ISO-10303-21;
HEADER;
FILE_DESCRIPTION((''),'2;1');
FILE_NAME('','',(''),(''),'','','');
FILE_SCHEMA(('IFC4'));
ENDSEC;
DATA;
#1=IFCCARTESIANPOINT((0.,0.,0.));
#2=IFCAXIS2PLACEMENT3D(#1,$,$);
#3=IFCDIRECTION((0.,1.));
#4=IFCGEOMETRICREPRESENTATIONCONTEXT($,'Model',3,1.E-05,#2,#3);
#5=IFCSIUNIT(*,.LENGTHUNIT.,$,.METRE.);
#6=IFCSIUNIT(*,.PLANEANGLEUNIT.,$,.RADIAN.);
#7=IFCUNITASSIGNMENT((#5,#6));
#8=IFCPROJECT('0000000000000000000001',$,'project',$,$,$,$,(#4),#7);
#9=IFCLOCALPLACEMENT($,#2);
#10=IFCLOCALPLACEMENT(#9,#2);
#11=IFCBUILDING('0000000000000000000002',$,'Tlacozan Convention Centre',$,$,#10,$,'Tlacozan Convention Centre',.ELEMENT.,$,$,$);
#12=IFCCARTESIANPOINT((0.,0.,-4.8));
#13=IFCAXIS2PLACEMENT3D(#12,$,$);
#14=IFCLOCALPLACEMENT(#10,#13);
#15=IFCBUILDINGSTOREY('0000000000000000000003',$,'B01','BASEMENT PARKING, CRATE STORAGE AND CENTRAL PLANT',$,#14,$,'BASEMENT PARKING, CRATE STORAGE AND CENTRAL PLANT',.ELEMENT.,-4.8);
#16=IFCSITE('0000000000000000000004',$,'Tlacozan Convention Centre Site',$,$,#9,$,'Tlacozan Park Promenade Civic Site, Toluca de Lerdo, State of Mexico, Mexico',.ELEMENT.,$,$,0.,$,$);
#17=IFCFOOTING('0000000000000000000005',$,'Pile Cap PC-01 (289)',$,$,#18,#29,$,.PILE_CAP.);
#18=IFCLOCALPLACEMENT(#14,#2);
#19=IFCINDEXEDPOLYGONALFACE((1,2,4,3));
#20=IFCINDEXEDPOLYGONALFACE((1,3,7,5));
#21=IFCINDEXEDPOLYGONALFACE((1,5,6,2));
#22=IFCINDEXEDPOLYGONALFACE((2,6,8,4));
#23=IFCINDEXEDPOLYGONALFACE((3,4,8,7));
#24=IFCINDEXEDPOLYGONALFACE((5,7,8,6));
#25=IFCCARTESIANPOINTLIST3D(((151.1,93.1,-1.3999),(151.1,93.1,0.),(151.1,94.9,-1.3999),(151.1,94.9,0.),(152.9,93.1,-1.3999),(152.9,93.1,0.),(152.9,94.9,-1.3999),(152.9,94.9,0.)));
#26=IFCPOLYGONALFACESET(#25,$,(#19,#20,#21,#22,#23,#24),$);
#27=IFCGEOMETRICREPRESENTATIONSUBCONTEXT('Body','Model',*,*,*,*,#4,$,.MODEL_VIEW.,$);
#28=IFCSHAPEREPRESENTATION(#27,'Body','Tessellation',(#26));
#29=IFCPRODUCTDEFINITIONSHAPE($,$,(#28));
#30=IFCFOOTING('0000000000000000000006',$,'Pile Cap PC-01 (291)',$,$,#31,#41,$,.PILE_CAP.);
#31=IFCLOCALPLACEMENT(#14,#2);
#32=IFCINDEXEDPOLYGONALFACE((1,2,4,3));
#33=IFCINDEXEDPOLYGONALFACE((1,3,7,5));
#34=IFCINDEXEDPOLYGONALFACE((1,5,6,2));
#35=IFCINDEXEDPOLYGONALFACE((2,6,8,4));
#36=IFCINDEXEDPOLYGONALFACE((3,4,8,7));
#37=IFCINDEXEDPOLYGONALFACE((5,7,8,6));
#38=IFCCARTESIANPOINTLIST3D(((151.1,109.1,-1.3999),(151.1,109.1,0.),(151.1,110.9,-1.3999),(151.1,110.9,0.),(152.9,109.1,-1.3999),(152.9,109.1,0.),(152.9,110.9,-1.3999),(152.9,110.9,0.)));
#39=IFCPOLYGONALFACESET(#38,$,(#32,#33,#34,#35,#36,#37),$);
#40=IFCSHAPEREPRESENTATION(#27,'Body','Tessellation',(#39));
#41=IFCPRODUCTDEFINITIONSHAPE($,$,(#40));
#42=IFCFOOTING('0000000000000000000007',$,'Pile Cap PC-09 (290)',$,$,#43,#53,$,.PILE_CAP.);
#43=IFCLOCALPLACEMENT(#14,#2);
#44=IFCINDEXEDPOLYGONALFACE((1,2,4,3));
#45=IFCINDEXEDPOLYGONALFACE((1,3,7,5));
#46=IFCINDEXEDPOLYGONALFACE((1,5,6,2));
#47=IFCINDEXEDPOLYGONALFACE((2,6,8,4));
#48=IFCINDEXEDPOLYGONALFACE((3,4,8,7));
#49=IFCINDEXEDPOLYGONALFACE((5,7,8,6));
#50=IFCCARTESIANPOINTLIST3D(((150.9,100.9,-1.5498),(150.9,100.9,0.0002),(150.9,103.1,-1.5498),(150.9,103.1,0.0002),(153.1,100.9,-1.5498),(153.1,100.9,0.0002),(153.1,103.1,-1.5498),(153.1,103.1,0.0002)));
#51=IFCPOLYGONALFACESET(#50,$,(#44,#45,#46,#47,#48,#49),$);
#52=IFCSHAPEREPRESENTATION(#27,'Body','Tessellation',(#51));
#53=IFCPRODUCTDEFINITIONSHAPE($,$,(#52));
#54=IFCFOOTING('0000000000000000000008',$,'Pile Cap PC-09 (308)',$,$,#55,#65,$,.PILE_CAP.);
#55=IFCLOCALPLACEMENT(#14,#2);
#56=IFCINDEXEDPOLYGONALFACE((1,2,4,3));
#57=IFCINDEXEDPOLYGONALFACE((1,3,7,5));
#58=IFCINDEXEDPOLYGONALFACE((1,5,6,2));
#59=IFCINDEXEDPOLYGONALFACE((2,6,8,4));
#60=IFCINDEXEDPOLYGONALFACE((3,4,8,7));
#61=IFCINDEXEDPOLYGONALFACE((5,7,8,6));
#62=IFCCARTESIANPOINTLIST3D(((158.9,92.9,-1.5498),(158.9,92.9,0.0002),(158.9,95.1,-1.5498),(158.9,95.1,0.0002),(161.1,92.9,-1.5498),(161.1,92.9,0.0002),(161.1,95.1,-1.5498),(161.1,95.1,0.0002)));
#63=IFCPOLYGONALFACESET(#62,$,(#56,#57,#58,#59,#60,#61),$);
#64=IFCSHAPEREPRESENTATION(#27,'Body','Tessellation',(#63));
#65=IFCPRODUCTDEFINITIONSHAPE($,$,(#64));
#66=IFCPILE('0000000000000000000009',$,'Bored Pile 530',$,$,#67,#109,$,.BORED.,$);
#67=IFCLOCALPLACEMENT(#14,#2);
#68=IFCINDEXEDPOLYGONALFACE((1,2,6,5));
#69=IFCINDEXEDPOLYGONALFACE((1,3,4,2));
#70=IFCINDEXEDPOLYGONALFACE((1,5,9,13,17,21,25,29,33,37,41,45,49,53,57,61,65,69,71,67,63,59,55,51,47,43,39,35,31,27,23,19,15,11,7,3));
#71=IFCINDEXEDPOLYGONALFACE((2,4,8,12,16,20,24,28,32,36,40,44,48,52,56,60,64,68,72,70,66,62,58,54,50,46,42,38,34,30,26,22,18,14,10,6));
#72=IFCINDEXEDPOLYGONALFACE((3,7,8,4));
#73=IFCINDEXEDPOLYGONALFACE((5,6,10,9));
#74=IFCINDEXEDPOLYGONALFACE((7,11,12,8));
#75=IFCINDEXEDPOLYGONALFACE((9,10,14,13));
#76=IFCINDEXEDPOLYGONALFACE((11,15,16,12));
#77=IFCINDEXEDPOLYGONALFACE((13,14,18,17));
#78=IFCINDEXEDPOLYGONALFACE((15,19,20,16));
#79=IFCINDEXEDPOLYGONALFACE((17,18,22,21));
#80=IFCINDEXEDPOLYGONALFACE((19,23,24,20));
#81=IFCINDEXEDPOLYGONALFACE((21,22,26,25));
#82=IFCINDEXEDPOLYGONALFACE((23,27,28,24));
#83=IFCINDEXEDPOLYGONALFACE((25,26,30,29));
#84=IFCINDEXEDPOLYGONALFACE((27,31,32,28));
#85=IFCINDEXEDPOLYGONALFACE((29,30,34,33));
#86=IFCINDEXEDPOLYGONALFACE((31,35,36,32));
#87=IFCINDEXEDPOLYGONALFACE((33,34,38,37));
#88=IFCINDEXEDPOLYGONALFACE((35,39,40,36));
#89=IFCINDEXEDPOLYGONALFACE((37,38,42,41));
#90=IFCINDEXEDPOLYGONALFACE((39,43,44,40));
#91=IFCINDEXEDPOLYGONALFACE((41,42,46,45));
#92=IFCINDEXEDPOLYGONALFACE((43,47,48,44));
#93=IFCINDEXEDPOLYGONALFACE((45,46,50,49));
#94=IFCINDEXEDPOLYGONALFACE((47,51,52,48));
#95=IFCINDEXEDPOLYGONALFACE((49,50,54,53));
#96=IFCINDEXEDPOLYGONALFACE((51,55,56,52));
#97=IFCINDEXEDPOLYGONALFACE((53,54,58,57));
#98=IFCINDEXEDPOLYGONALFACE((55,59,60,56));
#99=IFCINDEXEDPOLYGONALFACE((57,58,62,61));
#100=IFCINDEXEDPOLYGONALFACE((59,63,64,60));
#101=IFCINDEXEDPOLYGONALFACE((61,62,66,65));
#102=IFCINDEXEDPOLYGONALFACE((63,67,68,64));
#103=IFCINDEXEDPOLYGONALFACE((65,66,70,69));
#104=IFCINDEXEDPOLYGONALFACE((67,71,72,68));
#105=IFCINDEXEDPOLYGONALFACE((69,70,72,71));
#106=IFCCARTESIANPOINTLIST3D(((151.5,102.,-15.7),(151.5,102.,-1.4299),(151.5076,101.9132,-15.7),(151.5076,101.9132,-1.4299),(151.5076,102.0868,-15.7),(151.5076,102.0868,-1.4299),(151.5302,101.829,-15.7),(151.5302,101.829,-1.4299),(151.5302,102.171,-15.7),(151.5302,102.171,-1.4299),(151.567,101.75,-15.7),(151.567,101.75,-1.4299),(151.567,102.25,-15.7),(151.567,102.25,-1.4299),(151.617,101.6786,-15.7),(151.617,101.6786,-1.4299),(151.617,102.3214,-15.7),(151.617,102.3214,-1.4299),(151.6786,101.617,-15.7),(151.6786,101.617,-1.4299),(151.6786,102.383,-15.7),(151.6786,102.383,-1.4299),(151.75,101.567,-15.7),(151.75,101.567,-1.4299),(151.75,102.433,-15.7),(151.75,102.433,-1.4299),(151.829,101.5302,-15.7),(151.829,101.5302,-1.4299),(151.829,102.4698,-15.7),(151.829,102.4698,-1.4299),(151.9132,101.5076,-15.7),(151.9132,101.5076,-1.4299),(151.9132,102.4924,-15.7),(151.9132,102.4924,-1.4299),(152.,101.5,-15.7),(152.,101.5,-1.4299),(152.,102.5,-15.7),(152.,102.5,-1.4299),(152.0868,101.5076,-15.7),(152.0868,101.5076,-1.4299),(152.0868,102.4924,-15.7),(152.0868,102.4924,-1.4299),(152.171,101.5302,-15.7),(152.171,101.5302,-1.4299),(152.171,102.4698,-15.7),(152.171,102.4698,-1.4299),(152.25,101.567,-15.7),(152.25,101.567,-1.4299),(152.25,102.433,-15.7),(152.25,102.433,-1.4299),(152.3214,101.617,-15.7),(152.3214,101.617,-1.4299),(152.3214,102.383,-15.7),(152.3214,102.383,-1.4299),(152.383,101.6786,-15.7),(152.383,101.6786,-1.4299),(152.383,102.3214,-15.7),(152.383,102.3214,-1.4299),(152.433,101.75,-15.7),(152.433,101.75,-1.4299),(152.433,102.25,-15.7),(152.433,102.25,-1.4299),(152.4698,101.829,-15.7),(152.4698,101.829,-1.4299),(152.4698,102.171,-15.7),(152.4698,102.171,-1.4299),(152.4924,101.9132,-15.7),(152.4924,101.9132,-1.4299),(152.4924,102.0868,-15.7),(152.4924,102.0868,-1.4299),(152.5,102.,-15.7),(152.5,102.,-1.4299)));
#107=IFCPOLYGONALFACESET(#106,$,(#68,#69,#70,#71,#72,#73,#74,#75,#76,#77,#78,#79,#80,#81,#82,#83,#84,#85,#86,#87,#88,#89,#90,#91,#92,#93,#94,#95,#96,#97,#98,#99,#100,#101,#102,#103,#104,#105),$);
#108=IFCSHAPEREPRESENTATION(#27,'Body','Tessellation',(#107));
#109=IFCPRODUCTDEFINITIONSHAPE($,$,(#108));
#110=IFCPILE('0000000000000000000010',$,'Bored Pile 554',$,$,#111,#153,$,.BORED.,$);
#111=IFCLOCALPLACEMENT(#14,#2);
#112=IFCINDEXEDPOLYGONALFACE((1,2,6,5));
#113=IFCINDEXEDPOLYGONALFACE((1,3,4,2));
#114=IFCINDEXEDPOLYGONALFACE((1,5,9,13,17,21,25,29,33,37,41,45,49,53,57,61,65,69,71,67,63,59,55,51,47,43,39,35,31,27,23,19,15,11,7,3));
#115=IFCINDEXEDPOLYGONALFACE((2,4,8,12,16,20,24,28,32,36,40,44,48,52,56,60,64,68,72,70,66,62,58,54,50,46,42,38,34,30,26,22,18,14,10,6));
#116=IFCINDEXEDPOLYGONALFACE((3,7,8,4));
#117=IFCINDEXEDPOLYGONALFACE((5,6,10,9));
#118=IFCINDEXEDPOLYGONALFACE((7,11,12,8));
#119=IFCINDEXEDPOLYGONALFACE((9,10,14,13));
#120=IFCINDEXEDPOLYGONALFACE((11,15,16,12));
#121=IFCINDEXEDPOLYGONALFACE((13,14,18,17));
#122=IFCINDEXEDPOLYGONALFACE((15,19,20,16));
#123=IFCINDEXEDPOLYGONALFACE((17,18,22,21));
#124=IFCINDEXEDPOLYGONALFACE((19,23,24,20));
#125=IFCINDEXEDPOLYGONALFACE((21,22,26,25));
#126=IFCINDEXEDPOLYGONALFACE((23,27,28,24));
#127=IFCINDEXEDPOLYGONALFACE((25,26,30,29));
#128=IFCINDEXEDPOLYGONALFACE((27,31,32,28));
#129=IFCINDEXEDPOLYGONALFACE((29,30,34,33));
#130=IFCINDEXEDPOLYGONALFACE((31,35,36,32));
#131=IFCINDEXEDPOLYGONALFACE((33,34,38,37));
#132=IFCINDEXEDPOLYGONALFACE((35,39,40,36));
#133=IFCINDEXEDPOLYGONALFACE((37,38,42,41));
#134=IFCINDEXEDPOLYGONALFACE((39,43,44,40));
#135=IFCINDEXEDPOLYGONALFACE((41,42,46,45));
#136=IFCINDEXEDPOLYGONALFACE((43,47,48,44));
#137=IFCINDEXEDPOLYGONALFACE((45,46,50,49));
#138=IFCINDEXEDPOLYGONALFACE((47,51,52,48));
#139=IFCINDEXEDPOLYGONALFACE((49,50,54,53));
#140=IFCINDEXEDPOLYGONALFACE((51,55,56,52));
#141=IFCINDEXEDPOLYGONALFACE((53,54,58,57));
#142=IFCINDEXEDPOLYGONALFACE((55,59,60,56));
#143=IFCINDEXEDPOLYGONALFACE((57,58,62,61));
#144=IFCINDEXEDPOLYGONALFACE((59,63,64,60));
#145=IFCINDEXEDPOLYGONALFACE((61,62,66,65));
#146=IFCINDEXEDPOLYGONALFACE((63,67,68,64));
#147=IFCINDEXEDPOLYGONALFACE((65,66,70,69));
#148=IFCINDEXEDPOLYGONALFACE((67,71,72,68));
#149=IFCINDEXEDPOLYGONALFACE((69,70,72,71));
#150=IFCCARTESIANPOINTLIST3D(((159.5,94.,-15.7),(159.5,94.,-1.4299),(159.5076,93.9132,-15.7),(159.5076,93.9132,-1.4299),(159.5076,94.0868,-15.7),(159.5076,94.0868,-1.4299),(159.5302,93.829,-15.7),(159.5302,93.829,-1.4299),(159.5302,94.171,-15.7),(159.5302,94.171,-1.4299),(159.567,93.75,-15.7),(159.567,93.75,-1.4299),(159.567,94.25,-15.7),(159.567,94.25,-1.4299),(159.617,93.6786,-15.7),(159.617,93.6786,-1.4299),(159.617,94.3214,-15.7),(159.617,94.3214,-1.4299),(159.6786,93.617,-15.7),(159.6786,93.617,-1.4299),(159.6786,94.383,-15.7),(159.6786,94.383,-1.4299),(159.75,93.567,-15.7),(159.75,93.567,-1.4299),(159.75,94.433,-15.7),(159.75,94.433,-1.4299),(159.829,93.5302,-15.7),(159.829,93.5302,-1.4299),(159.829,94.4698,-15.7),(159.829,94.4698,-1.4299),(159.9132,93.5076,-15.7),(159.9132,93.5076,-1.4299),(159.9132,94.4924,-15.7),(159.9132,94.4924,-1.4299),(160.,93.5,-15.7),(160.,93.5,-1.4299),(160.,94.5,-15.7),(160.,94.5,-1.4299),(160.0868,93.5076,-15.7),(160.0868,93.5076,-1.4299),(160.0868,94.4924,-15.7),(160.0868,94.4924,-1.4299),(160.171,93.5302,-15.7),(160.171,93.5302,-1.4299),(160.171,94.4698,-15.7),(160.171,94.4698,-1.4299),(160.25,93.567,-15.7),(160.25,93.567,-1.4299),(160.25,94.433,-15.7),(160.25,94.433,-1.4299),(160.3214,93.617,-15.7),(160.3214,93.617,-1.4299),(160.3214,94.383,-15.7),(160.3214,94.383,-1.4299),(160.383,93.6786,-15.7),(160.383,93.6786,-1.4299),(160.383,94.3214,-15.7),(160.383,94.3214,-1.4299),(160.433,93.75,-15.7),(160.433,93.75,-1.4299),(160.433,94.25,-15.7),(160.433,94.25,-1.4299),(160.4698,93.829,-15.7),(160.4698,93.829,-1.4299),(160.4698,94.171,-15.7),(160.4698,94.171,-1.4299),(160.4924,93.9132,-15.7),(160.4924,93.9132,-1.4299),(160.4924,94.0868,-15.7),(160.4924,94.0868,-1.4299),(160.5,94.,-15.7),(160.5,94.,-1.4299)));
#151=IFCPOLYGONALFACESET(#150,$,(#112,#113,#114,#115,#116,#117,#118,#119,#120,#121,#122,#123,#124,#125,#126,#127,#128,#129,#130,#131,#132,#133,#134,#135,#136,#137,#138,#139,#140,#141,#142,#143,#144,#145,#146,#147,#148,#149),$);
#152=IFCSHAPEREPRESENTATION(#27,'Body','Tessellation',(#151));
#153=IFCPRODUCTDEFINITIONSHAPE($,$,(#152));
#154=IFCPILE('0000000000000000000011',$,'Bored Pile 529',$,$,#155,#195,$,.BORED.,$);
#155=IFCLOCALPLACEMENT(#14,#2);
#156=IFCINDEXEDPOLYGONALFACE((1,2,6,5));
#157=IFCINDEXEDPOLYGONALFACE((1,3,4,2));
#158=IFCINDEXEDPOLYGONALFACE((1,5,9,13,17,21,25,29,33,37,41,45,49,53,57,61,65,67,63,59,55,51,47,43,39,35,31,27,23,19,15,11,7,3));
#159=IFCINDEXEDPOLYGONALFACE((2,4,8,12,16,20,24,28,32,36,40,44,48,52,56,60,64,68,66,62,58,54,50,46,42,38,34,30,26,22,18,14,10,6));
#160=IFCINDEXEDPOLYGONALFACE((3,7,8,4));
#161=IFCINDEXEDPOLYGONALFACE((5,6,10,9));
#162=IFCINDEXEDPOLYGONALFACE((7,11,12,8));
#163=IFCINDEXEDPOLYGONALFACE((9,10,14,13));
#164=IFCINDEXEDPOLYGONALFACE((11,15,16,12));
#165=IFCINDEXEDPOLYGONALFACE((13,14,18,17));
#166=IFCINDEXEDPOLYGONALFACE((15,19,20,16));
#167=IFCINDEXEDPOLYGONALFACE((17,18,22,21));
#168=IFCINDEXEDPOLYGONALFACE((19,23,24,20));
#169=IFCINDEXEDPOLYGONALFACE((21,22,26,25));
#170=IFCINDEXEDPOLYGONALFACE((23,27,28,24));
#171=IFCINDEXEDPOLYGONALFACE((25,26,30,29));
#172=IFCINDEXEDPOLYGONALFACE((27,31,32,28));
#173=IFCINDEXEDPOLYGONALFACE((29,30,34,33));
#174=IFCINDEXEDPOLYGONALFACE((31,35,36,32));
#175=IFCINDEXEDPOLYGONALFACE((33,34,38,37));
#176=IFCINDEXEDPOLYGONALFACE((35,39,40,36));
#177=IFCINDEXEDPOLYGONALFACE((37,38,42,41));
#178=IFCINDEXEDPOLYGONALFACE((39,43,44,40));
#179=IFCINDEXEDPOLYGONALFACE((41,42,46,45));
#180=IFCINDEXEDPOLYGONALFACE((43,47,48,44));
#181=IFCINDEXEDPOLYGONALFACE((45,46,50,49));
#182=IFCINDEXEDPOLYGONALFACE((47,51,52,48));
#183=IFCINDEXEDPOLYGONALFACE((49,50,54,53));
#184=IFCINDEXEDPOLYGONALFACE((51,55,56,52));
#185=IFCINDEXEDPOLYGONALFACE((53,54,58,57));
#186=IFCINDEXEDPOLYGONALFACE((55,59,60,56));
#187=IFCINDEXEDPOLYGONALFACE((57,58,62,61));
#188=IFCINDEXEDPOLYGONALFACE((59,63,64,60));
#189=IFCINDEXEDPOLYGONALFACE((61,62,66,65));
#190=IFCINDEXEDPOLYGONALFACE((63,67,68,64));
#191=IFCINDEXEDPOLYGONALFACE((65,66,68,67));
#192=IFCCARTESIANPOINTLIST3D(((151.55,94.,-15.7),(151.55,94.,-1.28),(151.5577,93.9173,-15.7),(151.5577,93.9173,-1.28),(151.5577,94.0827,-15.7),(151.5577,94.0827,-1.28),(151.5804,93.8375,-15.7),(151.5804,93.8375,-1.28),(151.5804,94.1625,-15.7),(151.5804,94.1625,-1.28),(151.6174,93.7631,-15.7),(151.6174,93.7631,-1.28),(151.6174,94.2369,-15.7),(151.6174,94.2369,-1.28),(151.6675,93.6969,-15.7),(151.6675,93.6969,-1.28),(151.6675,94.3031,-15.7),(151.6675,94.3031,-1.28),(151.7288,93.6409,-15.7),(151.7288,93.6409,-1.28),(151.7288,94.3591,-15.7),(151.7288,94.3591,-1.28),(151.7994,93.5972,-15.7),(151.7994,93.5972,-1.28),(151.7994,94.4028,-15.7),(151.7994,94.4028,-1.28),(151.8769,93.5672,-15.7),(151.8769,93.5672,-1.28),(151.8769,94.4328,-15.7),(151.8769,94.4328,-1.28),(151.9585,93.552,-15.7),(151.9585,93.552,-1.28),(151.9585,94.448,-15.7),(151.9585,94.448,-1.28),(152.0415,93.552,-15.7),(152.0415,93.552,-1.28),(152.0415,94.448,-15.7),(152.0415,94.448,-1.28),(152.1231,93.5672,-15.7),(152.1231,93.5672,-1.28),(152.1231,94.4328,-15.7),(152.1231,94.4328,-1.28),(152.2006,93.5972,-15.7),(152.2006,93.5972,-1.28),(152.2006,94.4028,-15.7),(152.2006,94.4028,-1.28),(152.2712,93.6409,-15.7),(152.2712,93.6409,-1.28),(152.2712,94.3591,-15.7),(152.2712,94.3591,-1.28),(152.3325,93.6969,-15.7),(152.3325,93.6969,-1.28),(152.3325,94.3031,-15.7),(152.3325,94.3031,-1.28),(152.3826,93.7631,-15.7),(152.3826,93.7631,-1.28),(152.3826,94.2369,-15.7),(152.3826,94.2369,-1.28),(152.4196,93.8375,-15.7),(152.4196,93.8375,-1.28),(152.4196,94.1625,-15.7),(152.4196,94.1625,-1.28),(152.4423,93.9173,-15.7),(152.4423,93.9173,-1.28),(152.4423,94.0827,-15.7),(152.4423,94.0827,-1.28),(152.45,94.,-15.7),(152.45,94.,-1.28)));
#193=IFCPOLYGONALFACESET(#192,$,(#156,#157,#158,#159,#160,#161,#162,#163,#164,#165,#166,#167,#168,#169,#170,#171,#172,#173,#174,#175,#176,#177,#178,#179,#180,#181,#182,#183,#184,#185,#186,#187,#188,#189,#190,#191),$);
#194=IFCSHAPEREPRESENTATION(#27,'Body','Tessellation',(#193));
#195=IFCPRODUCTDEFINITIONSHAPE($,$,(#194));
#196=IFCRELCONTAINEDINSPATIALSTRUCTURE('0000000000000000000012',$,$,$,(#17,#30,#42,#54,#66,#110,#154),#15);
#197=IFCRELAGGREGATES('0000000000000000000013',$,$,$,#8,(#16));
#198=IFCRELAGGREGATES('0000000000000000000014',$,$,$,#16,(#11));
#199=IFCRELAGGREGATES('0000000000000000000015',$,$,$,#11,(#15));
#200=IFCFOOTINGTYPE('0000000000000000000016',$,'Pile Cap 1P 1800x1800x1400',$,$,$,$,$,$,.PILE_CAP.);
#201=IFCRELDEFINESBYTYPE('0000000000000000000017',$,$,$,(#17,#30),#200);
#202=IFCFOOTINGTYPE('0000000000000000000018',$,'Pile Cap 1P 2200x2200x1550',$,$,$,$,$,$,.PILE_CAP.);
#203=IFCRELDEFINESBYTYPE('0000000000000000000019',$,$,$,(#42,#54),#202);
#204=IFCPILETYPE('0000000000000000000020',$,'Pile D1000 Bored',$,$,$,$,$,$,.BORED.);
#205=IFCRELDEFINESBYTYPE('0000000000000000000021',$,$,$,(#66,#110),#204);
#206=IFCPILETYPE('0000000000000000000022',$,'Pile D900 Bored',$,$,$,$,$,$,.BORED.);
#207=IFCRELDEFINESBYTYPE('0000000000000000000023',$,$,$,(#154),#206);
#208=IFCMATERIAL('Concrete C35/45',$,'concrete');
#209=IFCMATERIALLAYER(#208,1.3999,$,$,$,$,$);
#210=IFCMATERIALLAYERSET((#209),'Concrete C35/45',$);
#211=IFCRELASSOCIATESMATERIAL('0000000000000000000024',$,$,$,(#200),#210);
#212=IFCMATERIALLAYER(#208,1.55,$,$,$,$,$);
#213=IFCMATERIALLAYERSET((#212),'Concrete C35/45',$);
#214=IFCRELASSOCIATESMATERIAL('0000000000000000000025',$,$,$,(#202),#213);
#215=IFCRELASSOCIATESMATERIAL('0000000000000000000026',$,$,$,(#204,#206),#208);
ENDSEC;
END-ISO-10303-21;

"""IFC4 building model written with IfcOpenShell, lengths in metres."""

from ifc_helpers import new_model, si_unit, direction, frame, origin, origin_2d, place, context, subcontext, project, spatial, rectangle, circle, extrude, material, layer, layer_set, material_profile, profile_set, type_object, element, save


model = new_model("IFC4")

# Units and contexts
model_context = context("Model", 3, precision=1e-05, world=origin(), true_north=direction((0.0, 1.0)))
body_context = subcontext(model_context, "Body", "Model", "MODEL_VIEW")
ifc_project = project(units=[si_unit("LENGTHUNIT", "METRE"), si_unit("PLANEANGLEUNIT", "RADIAN")], contexts=[model_context])

# Site, building, storey
site_placement = place(None, origin())
site = spatial("IfcSite", under=ifc_project, at=site_placement, Name="Tlacozan Convention Centre Site", LongName="Tlacozan Park Promenade Civic Site, Toluca de Lerdo, State of Mexico, Mexico", CompositionType="ELEMENT", RefElevation=0.0)
building_placement = place(site_placement, origin())
building = spatial("IfcBuilding", under=site, at=building_placement, Name="Tlacozan Convention Centre", LongName="Tlacozan Convention Centre", CompositionType="ELEMENT")
storey_placement = place(building_placement, frame((0.0, 0.0, -4.8)))
storey = spatial("IfcBuildingStorey", under=building, at=storey_placement, Name="B01", Description="BASEMENT PARKING, CRATE STORAGE AND CENTRAL PLANT", LongName="BASEMENT PARKING, CRATE STORAGE AND CENTRAL PLANT", CompositionType="ELEMENT", Elevation=-4.8)

# Footings
ifc_material_1 = material(Name="Concrete C35/45", Category="concrete")
ifc_layer_1 = layer(ifc_material_1, 1.3999)
ifc_layer_set_1 = layer_set([ifc_layer_1], Name="Concrete C35/45")
footing_type_1 = type_object("IfcFootingType", Name="Pile Cap 1P 1800x1800x1400", PredefinedType="PILE_CAP", material=ifc_layer_set_1)
for number, where, z_axis, x_axis, name in (
    (1, (152.0, 94.0, -1.3999), (0.0, 0.0, 1.0), (1.0, 0.0, 0.0), "Pile Cap PC-01 (289)"),
    (2, (152.0, 110.0, -1.3999), (0.0, 0.0, 1.0), (1.0, 0.0, 0.0), "Pile Cap PC-01 (291)"),
):
    element("IfcFooting", number, at=place(storey_placement, frame(where, z_axis=z_axis, x_axis=x_axis)), inside=storey, type_object=footing_type_1, Name=name, PredefinedType="PILE_CAP", context=body_context, shape_type="SweptSolid", body=[
        extrude(rectangle(XDim=1.8, YDim=1.8, at=origin_2d()), origin(), (0.0, 0.0, 1.0), 1.3999),
    ])
ifc_layer_2 = layer(ifc_material_1, 1.55)
ifc_layer_set_2 = layer_set([ifc_layer_2], Name="Concrete C35/45")
footing_type_2 = type_object("IfcFootingType", Name="Pile Cap 1P 2200x2200x1550", PredefinedType="PILE_CAP", material=ifc_layer_set_2)
for number, where, z_axis, x_axis, name in (
    (3, (152.0, 102.0, -1.5498), (0.0, 0.0, 1.0), (1.0, 0.0, 0.0), "Pile Cap PC-09 (290)"),
    (4, (160.0, 94.0, -1.5498), (0.0, 0.0, 1.0), (1.0, 0.0, 0.0), "Pile Cap PC-09 (308)"),
):
    element("IfcFooting", number, at=place(storey_placement, frame(where, z_axis=z_axis, x_axis=x_axis)), inside=storey, type_object=footing_type_2, Name=name, PredefinedType="PILE_CAP", context=body_context, shape_type="SweptSolid", body=[
        extrude(rectangle(XDim=2.2, YDim=2.2, at=origin_2d()), origin(), (0.0, 0.0, 1.0), 1.55),
    ])

# Piles
ifc_material_profile_1 = material_profile(ifc_material_1, circle(Radius=0.5, at=origin_2d()), Name="PILE D1000")
ifc_profile_set_1 = profile_set([ifc_material_profile_1], Name="Concrete C35/45")
pile_type_1 = type_object("IfcPileType", Name="Pile D1000 Bored", PredefinedType="BORED", material=ifc_profile_set_1)
for number, where, z_axis, x_axis, name in (
    (5, (152.0, 102.0, -1.4299), (0.0, 0.0, -1.0), (1.0, 0.0, 0.0), "Bored Pile 530"),
    (6, (160.0, 94.0, -1.4299), (0.0, 0.0, -1.0), (1.0, 0.0, 0.0), "Bored Pile 554"),
):
    element("IfcPile", number, at=place(storey_placement, frame(where, z_axis=z_axis, x_axis=x_axis)), inside=storey, type_object=pile_type_1, Name=name, PredefinedType="BORED", context=body_context, shape_type="SweptSolid", body=[
        extrude(circle(Radius=0.5, at=origin_2d()), origin(), (0.0, 0.0, 1.0), 14.27),
    ])
ifc_material_profile_2 = material_profile(ifc_material_1, circle(Radius=0.45, at=origin_2d()), Name="PILE D900")
ifc_profile_set_2 = profile_set([ifc_material_profile_2], Name="Concrete C35/45")
pile_type_2 = type_object("IfcPileType", Name="Pile D900 Bored", PredefinedType="BORED", material=ifc_profile_set_2)
for number, where, z_axis, x_axis, name in (
    (7, (152.0, 94.0, -1.28), (0.0, 0.0, -1.0), (1.0, 0.0, 0.0), "Bored Pile 529"),
):
    element("IfcPile", number, at=place(storey_placement, frame(where, z_axis=z_axis, x_axis=x_axis)), inside=storey, type_object=pile_type_2, Name=name, PredefinedType="BORED", context=body_context, shape_type="SweptSolid", body=[
        extrude(circle(Radius=0.45, at=origin_2d()), origin(), (0.0, 0.0, 1.0), 14.4199),
    ])

save(model, "model.ifc")
